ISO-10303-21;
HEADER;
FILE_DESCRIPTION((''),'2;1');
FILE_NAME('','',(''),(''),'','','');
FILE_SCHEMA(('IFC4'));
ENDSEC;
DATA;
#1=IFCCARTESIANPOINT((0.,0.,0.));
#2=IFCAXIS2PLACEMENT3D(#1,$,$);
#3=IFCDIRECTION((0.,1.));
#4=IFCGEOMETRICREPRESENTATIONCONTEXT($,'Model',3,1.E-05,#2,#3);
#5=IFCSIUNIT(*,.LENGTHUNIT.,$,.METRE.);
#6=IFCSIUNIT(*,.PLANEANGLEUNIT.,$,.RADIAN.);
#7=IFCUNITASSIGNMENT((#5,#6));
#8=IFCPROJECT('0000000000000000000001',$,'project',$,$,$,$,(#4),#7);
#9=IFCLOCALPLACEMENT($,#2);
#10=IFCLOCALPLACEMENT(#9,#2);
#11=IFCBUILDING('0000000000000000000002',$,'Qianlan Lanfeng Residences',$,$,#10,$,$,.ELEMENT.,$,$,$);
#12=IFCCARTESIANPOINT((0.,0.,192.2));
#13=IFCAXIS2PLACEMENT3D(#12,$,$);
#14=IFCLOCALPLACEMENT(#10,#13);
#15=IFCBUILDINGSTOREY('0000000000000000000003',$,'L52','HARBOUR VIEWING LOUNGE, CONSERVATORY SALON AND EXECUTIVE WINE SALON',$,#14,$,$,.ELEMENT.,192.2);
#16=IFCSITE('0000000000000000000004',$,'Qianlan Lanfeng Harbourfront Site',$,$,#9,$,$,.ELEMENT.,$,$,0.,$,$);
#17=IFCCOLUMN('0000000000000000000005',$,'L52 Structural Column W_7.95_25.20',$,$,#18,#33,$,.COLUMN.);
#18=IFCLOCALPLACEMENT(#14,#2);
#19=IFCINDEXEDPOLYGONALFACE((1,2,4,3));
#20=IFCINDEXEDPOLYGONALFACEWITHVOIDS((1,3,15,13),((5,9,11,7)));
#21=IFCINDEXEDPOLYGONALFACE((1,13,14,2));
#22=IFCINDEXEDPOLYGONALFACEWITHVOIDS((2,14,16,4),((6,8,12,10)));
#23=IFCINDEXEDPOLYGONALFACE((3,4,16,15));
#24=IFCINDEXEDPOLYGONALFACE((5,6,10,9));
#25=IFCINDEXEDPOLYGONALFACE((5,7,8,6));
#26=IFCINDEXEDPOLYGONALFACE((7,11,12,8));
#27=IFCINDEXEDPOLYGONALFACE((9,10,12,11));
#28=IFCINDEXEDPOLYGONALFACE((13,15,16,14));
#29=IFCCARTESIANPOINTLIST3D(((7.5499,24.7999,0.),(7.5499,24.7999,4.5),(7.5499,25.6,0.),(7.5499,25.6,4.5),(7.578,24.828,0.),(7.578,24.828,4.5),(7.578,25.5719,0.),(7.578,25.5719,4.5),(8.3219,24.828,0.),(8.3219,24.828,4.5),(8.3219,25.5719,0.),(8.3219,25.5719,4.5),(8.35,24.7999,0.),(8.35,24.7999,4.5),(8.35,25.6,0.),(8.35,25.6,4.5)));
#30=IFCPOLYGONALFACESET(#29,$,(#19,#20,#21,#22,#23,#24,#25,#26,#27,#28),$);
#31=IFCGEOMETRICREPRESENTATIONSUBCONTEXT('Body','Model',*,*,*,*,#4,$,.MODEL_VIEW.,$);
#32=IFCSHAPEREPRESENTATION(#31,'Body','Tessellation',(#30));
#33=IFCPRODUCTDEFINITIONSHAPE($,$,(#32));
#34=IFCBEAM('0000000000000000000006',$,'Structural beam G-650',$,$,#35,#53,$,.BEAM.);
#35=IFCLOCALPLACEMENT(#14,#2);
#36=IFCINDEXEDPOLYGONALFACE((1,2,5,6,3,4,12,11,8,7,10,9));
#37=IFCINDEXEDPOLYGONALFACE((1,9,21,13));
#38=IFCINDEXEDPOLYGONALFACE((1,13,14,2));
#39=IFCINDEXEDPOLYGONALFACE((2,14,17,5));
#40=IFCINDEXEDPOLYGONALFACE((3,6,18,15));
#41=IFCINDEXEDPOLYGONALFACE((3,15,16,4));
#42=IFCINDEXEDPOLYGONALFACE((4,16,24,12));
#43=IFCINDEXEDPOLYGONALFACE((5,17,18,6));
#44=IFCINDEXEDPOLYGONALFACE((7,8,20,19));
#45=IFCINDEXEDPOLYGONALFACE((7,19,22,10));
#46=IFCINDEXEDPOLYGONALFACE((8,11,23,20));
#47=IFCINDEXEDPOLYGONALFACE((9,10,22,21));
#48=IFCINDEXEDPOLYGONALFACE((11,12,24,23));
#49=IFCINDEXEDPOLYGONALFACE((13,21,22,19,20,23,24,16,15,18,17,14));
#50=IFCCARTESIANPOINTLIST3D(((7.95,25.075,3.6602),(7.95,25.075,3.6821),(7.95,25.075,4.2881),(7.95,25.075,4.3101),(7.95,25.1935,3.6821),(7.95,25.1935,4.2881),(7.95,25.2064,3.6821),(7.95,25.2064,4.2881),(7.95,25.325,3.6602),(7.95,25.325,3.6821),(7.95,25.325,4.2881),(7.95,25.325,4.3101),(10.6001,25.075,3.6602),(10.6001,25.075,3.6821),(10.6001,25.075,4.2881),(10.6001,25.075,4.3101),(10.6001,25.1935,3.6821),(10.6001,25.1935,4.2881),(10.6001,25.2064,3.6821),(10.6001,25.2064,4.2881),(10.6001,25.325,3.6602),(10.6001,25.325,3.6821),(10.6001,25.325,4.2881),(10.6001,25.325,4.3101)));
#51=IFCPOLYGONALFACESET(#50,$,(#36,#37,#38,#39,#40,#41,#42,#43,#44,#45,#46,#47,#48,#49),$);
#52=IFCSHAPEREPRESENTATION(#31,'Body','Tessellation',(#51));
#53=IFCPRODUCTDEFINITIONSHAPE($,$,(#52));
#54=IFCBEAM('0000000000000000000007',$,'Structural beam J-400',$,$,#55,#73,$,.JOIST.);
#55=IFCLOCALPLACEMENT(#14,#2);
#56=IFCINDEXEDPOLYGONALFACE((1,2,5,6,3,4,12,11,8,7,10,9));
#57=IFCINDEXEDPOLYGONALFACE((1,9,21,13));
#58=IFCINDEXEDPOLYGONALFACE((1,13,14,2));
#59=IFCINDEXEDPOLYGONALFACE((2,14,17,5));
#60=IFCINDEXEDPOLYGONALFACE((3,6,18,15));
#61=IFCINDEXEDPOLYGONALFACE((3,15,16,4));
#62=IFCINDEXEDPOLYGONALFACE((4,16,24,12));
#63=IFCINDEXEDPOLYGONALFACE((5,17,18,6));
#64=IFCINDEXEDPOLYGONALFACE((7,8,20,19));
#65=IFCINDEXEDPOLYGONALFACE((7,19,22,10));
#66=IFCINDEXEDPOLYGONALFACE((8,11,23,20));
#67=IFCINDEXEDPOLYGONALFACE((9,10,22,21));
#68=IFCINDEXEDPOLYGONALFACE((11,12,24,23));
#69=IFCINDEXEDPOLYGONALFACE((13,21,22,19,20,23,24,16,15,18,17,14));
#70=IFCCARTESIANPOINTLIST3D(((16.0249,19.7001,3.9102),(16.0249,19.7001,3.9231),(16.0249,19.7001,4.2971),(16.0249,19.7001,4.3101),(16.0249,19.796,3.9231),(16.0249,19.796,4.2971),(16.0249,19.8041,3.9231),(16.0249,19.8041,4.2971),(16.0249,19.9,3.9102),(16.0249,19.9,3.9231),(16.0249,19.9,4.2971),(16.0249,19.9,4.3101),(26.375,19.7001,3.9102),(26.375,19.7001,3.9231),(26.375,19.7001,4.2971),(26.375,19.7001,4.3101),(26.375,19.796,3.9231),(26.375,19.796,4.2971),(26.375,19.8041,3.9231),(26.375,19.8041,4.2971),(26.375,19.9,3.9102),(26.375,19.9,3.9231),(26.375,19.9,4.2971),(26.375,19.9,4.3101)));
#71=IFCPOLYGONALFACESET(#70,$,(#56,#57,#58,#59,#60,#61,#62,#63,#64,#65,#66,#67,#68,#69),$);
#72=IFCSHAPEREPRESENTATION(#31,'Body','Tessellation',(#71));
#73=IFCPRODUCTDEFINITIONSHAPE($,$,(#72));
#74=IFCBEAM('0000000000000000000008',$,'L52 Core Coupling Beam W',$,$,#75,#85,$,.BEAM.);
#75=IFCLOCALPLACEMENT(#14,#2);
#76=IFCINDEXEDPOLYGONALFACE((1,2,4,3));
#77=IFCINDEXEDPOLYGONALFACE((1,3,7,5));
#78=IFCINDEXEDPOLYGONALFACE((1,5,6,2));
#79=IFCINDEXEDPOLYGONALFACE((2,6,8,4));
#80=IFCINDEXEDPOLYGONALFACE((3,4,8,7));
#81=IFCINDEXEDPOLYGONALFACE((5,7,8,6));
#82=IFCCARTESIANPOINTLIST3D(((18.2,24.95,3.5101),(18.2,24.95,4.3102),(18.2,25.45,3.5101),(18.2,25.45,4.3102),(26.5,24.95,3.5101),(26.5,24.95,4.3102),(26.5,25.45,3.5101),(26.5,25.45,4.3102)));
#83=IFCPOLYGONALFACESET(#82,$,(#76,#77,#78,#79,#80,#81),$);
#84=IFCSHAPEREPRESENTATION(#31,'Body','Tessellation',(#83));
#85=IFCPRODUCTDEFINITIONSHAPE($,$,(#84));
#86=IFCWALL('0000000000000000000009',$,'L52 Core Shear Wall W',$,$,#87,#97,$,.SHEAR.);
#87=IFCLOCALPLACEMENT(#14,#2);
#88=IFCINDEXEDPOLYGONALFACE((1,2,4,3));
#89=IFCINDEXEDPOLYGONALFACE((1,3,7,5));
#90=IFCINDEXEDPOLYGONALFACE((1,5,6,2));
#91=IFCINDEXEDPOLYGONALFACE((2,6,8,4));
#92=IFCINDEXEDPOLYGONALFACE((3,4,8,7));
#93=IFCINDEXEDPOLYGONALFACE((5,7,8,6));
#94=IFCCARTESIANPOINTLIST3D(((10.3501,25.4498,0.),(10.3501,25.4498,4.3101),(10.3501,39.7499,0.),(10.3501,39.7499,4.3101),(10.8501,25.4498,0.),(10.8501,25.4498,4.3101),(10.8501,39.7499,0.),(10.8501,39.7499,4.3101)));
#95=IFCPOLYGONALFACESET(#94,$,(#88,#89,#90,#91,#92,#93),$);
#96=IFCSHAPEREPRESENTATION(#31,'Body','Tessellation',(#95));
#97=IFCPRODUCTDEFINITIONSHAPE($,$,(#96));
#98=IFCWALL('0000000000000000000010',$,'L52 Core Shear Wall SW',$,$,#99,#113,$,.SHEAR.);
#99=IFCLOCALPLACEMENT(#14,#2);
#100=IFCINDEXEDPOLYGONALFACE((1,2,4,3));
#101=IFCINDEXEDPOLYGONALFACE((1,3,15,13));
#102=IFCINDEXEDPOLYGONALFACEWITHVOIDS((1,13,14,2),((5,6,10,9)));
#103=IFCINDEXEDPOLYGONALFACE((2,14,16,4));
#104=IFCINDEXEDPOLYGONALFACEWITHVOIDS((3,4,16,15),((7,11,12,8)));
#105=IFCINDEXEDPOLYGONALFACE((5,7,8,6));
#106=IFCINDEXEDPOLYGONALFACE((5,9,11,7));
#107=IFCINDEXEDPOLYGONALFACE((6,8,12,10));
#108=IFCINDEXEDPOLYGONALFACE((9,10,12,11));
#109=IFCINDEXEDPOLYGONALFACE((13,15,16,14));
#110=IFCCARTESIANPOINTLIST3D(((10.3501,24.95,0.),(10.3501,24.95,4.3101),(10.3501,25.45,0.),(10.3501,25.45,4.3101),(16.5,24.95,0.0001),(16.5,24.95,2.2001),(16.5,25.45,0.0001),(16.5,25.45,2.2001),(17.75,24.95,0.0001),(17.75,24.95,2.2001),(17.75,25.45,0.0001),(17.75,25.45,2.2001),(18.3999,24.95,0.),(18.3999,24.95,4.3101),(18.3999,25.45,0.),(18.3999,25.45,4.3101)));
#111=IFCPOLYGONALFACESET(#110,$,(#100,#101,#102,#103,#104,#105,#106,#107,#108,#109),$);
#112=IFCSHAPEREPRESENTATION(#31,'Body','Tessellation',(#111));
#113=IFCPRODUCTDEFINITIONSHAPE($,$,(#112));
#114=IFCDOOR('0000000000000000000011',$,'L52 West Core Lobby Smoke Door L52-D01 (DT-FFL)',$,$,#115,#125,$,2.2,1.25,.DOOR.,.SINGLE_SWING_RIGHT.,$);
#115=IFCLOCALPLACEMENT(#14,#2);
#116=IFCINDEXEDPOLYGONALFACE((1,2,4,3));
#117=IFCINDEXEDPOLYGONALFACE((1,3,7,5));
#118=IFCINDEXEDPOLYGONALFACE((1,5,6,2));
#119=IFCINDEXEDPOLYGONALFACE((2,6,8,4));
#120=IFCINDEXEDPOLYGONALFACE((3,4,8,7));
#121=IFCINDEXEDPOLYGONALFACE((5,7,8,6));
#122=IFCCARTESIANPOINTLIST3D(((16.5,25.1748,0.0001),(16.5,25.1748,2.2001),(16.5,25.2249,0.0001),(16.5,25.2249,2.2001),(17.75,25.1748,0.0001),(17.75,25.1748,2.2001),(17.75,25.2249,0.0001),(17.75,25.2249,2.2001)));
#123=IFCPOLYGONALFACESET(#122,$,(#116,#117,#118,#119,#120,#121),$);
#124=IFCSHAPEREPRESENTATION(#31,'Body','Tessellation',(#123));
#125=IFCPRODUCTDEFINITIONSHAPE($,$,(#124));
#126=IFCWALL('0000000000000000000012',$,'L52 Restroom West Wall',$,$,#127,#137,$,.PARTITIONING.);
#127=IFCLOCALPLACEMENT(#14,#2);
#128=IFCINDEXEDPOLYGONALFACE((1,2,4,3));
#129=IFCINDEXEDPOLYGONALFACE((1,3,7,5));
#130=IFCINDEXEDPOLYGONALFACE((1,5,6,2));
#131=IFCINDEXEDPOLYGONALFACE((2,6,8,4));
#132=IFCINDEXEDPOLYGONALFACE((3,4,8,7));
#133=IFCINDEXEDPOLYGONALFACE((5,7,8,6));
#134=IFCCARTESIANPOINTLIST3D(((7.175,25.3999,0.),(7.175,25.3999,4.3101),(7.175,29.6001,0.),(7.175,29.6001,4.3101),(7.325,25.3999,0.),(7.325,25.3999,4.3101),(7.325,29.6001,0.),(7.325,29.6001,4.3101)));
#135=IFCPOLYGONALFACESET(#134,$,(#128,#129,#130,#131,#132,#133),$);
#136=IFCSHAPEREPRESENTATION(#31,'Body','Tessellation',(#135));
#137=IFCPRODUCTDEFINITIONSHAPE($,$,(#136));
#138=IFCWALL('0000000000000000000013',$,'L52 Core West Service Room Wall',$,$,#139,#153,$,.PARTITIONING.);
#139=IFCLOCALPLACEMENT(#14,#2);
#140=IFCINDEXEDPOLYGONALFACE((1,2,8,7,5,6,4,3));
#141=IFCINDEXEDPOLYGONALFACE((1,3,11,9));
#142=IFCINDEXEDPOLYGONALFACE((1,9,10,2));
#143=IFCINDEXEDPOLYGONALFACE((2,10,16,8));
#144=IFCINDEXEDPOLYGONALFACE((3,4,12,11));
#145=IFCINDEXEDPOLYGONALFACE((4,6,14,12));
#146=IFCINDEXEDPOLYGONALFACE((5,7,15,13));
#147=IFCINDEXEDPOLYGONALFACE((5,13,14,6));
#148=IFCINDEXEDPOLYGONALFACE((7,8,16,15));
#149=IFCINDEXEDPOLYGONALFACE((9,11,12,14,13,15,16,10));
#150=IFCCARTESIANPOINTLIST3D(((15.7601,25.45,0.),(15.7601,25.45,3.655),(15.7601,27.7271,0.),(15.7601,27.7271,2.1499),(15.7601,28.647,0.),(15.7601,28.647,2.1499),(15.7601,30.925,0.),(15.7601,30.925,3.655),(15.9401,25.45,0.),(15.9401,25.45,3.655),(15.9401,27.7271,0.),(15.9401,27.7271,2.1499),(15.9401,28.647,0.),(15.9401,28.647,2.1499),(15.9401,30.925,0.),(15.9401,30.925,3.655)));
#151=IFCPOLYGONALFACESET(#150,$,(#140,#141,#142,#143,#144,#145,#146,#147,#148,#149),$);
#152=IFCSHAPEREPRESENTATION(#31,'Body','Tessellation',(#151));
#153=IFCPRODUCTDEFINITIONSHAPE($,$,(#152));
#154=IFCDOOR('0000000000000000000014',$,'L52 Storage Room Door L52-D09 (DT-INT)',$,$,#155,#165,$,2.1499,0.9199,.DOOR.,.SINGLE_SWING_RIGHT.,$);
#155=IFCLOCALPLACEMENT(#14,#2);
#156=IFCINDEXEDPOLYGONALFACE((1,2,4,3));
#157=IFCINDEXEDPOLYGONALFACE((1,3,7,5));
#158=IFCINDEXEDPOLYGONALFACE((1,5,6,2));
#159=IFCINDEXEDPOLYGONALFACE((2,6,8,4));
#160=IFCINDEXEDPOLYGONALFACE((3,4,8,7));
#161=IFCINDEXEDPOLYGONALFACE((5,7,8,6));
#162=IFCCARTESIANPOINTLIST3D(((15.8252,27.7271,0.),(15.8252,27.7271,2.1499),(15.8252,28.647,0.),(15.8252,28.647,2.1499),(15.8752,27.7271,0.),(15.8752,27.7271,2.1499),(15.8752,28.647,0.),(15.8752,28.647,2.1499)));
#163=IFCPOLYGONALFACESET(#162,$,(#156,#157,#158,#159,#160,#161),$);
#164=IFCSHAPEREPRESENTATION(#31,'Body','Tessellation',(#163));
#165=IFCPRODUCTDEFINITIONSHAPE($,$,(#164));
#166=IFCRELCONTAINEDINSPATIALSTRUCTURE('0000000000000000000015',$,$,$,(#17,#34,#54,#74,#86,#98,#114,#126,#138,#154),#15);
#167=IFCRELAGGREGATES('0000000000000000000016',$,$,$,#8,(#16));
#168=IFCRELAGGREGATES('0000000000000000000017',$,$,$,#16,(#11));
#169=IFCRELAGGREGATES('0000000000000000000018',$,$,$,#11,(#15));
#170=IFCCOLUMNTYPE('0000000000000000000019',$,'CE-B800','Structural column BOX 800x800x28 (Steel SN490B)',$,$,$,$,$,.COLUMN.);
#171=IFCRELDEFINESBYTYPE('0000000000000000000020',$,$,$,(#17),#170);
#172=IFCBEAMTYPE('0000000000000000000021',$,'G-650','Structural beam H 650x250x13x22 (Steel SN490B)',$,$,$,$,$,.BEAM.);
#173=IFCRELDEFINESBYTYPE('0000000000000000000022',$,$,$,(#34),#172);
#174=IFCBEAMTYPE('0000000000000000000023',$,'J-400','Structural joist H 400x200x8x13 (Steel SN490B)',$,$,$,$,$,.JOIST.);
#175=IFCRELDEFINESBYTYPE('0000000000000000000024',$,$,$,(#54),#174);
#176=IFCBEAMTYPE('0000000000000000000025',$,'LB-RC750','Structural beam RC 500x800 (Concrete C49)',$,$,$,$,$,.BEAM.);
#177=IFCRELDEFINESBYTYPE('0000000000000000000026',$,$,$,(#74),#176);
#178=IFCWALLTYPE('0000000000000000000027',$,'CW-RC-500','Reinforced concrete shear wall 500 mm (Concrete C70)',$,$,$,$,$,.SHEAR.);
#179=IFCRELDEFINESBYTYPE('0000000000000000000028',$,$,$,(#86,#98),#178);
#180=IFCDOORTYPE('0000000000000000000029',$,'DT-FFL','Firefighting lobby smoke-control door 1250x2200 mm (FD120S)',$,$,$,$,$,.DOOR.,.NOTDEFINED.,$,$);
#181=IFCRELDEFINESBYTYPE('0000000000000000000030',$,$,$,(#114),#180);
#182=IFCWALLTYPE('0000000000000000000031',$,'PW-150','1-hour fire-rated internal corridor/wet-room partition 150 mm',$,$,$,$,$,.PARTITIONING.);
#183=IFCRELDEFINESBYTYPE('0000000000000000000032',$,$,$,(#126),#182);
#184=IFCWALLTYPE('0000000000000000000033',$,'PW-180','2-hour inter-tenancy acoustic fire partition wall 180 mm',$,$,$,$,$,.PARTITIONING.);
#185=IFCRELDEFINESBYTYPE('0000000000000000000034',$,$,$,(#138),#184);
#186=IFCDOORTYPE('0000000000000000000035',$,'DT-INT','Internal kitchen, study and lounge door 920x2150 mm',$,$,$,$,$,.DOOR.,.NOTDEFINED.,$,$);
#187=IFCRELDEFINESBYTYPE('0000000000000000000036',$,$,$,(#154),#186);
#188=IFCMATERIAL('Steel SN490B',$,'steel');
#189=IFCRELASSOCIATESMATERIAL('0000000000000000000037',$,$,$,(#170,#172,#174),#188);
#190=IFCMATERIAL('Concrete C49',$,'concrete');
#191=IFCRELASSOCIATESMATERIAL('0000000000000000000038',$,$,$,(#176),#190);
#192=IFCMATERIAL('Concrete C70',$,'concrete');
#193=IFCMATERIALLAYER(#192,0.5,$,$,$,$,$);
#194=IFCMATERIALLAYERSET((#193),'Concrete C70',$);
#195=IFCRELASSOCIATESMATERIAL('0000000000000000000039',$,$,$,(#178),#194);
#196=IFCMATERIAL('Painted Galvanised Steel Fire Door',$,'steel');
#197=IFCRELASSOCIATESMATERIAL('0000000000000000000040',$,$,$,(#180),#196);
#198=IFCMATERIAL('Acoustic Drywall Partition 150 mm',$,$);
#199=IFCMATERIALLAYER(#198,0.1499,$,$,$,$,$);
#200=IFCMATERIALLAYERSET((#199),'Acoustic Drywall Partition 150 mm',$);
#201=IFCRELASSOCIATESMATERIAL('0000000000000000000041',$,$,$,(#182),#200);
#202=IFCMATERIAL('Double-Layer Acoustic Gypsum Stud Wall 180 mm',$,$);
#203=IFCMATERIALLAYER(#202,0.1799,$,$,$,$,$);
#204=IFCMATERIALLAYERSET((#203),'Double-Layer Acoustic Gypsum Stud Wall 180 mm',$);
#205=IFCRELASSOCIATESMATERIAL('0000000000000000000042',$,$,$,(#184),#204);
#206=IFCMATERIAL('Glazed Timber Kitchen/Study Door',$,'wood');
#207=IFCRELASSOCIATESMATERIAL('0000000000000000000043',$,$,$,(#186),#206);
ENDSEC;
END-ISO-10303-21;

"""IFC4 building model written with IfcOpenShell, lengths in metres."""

from ifc_helpers import new_model, si_unit, direction, frame, frame_2d, origin, origin_2d, place, context, subcontext, project, spatial, rectangle, hollow_rectangle, i_section, extrude, material, layer, layer_set, material_profile, profile_set, type_object, element, fill, save


model = new_model("IFC4")

# Units and contexts
model_context = context("Model", 3, precision=1e-05, world=origin(), true_north=direction((0.0, 1.0)))
body_context = subcontext(model_context, "Body", "Model", "MODEL_VIEW")
ifc_project = project(units=[si_unit("LENGTHUNIT", "METRE"), si_unit("PLANEANGLEUNIT", "RADIAN")], contexts=[model_context])

# Site, building, storey
site_placement = place(None, origin())
site = spatial("IfcSite", under=ifc_project, at=site_placement, Name="Qianlan Lanfeng Harbourfront Site", CompositionType="ELEMENT", RefElevation=0.0)
building_placement = place(site_placement, origin())
building = spatial("IfcBuilding", under=site, at=building_placement, Name="Qianlan Lanfeng Residences", CompositionType="ELEMENT")
storey_placement = place(building_placement, frame((0.0, 0.0, 192.2)))
storey = spatial("IfcBuildingStorey", under=building, at=storey_placement, Name="L52", Description="HARBOUR VIEWING LOUNGE, CONSERVATORY SALON AND EXECUTIVE WINE SALON", CompositionType="ELEMENT", Elevation=192.2)

# Column
ifc_material_1 = material(Name="Steel SN490B", Category="steel")
ifc_material_profile_1 = material_profile(ifc_material_1, hollow_rectangle(XDim=0.8, YDim=0.8, WallThickness=0.0281, at=origin_2d()), Name="BOX 800x800x28")
ifc_profile_set_1 = profile_set([ifc_material_profile_1], Name="Steel SN490B")
column_type = type_object("IfcColumnType", Name="CE-B800", Description="Structural column BOX 800x800x28 (Steel SN490B)", PredefinedType="COLUMN", material=ifc_profile_set_1)
column_placement = place(storey_placement, frame((7.95, 25.2, 0.0), z_axis=(0.0, 0.0, 1.0), x_axis=(1.0, 0.0, 0.0)))
element("IfcColumn", 1, at=column_placement, inside=storey, type_object=column_type, Name="L52 Structural Column W_7.95_25.20", PredefinedType="COLUMN", context=body_context, shape_type="SweptSolid", body=[
    extrude(hollow_rectangle(XDim=0.8, YDim=0.8, WallThickness=0.0281, at=origin_2d()), origin(), (0.0, 0.0, 1.0), 4.5),
])

# Beams
ifc_material_profile_2 = material_profile(ifc_material_1, i_section(OverallWidth=0.25, OverallDepth=0.6499, WebThickness=0.0129, FlangeThickness=0.022, at=origin_2d()), Name="H 650x250x13x22")
ifc_profile_set_2 = profile_set([ifc_material_profile_2], Name="Steel SN490B")
beam_type_1 = type_object("IfcBeamType", Name="G-650", Description="Structural beam H 650x250x13x22 (Steel SN490B)", PredefinedType="BEAM", material=ifc_profile_set_2)
beam_1_placement = place(storey_placement, frame((7.95, 25.2, 3.9851), z_axis=(1.0, 0.0, 0.0), x_axis=(0.0, 1.0, 0.0)))
element("IfcBeam", 2, at=beam_1_placement, inside=storey, type_object=beam_type_1, Name="Structural beam G-650", PredefinedType="BEAM", context=body_context, shape_type="SweptSolid", body=[
    extrude(i_section(OverallWidth=0.25, OverallDepth=0.6499, WebThickness=0.0129, FlangeThickness=0.022, at=origin_2d()), origin(), (0.0, 0.0, 1.0), 2.6501),
])
ifc_material_profile_3 = material_profile(ifc_material_1, i_section(OverallWidth=0.2, OverallDepth=0.3999, WebThickness=0.0081, FlangeThickness=0.0129, at=origin_2d()), Name="H 400x200x8x13")
ifc_profile_set_3 = profile_set([ifc_material_profile_3], Name="Steel SN490B")
beam_type_2 = type_object("IfcBeamType", Name="J-400", Description="Structural joist H 400x200x8x13 (Steel SN490B)", PredefinedType="JOIST", material=ifc_profile_set_3)
beam_2_placement = place(storey_placement, frame((16.0249, 19.8, 4.1101), z_axis=(1.0, 0.0, 0.0), x_axis=(0.0, 1.0, 0.0)))
element("IfcBeam", 3, at=beam_2_placement, inside=storey, type_object=beam_type_2, Name="Structural beam J-400", PredefinedType="JOIST", context=body_context, shape_type="SweptSolid", body=[
    extrude(i_section(OverallWidth=0.2, OverallDepth=0.3999, WebThickness=0.0081, FlangeThickness=0.0129, at=origin_2d()), origin(), (0.0, 0.0, 1.0), 10.3501),
])
ifc_material_2 = material(Name="Concrete C49", Category="concrete")
ifc_material_profile_4 = material_profile(ifc_material_2, rectangle(XDim=0.5, YDim=0.8, at=origin_2d()), Name="RC 500x800")
ifc_profile_set_4 = profile_set([ifc_material_profile_4], Name="Concrete C49")
beam_type_3 = type_object("IfcBeamType", Name="LB-RC750", Description="Structural beam RC 500x800 (Concrete C49)", PredefinedType="BEAM", material=ifc_profile_set_4)
beam_3_placement = place(storey_placement, frame((18.2, 25.2, 3.9102), z_axis=(1.0, 0.0, 0.0), x_axis=(0.0, 1.0, 0.0)))
element("IfcBeam", 4, at=beam_3_placement, inside=storey, type_object=beam_type_3, Name="L52 Core Coupling Beam W", PredefinedType="BEAM", context=body_context, shape_type="SweptSolid", body=[
    extrude(rectangle(XDim=0.5, YDim=0.8, at=origin_2d()), origin(), (0.0, 0.0, 1.0), 8.3),
])

# Wall
ifc_material_3 = material(Name="Concrete C70", Category="concrete")
ifc_layer_1 = layer(ifc_material_3, 0.5)
ifc_layer_set_1 = layer_set([ifc_layer_1], Name="Concrete C70")
wall_type_1 = type_object("IfcWallType", Name="CW-RC-500", Description="Reinforced concrete shear wall 500 mm (Concrete C70)", PredefinedType="SHEAR", material=ifc_layer_set_1)
wall_1_placement = place(storey_placement, frame((10.6001, 25.45, 0.0), z_axis=(0.0, 0.0, 1.0), x_axis=(0.0, 1.0, 0.0)))
element("IfcWall", 5, at=wall_1_placement, inside=storey, type_object=wall_type_1, Name="L52 Core Shear Wall W", PredefinedType="SHEAR", context=body_context, shape_type="SweptSolid", body=[
    extrude(rectangle(XDim=14.3, YDim=0.5, at=frame_2d((7.1499, 0.0))), origin(), (0.0, 0.0, 1.0), 4.3101),
])

# Wall, opening, door
wall_2_placement = place(storey_placement, frame((10.3501, 25.2, 0.0), z_axis=(0.0, 0.0, 1.0), x_axis=(1.0, 0.0, 0.0)))
wall_2 = element("IfcWall", 6, at=wall_2_placement, inside=storey, type_object=wall_type_1, Name="L52 Core Shear Wall SW", PredefinedType="SHEAR", context=body_context, shape_type="SweptSolid", body=[
    extrude(rectangle(XDim=8.0498, YDim=0.5, at=frame_2d((4.0249, 0.0))), origin(), (0.0, 0.0, 1.0), 4.3101),
])
opening_1_placement = place(wall_2_placement, frame((6.1499, 0.0, 0.0)))
opening_1 = element("IfcOpeningElement", 7, at=opening_1_placement, cuts=wall_2, PredefinedType="OPENING", context=body_context, shape_type="SweptSolid", body=[
    extrude(rectangle(XDim=1.25, YDim=2.2, at=frame_2d((0.625, 1.1001))), frame((0.0, 0.26, 0.0), z_axis=(0.0, -1.0, 0.0), x_axis=(1.0, 0.0, 0.0)), (0.0, 0.0, 1.0), 0.52),
])
ifc_material_4 = material(Name="Painted Galvanised Steel Fire Door", Category="steel")
door_type_1 = type_object("IfcDoorType", Name="DT-FFL", Description="Firefighting lobby smoke-control door 1250x2200 mm (FD120S)", OperationType="NOTDEFINED", PredefinedType="DOOR", material=ifc_material_4)
door_1_placement = place(opening_1_placement, origin())
door_1 = element("IfcDoor", 8, at=door_1_placement, inside=storey, type_object=door_type_1, Name="L52 West Core Lobby Smoke Door L52-D01 (DT-FFL)", OperationType="SINGLE_SWING_RIGHT", OverallHeight=2.2, OverallWidth=1.25, PredefinedType="DOOR", context=body_context, shape_type="SweptSolid", body=[
    extrude(rectangle(XDim=1.25, YDim=2.2, at=frame_2d((0.625, 1.1001))), frame((0.0, 0.0249, 0.0), z_axis=(0.0, -1.0, 0.0), x_axis=(1.0, 0.0, 0.0)), (0.0, 0.0, 1.0), 0.05),
])
fill(opening_1, door_1)
ifc_material_5 = material(Name="Acoustic Drywall Partition 150 mm")
ifc_layer_2 = layer(ifc_material_5, 0.1499)
ifc_layer_set_2 = layer_set([ifc_layer_2], Name="Acoustic Drywall Partition 150 mm")
wall_type_2 = type_object("IfcWallType", Name="PW-150", Description="1-hour fire-rated internal corridor/wet-room partition 150 mm", PredefinedType="PARTITIONING", material=ifc_layer_set_2)

# Wall
wall_3_placement = place(storey_placement, frame((7.25, 25.3999, 0.0), z_axis=(0.0, 0.0, 1.0), x_axis=(0.0, 1.0, 0.0)))
element("IfcWall", 9, at=wall_3_placement, inside=storey, type_object=wall_type_2, Name="L52 Restroom West Wall", PredefinedType="PARTITIONING", context=body_context, shape_type="SweptSolid", body=[
    extrude(rectangle(XDim=4.2002, YDim=0.1499, at=frame_2d((2.1001, 0.0))), origin(), (0.0, 0.0, 1.0), 4.3101),
])

# Wall, opening, door
ifc_material_6 = material(Name="Double-Layer Acoustic Gypsum Stud Wall 180 mm")
ifc_layer_3 = layer(ifc_material_6, 0.1799)
ifc_layer_set_3 = layer_set([ifc_layer_3], Name="Double-Layer Acoustic Gypsum Stud Wall 180 mm")
wall_type_3 = type_object("IfcWallType", Name="PW-180", Description="2-hour inter-tenancy acoustic fire partition wall 180 mm", PredefinedType="PARTITIONING", material=ifc_layer_set_3)
wall_4_placement = place(storey_placement, frame((15.8501, 25.45, 0.0), z_axis=(0.0, 0.0, 1.0), x_axis=(0.0, 1.0, 0.0)))
wall_4 = element("IfcWall", 10, at=wall_4_placement, inside=storey, type_object=wall_type_3, Name="L52 Core West Service Room Wall", PredefinedType="PARTITIONING", context=body_context, shape_type="SweptSolid", body=[
    extrude(rectangle(XDim=5.4751, YDim=0.1799, at=frame_2d((2.7375, 0.0))), origin(), (0.0, 0.0, 1.0), 3.655),
])
opening_2_placement = place(wall_4_placement, frame((2.2771, 0.0, 0.0)))
opening_2 = element("IfcOpeningElement", 11, at=opening_2_placement, cuts=wall_4, PredefinedType="OPENING", context=body_context, shape_type="SweptSolid", body=[
    extrude(rectangle(XDim=0.9199, YDim=2.1499, at=frame_2d((0.46, 1.075))), frame((0.0, 0.1001, 0.0), z_axis=(0.0, -1.0, 0.0), x_axis=(1.0, 0.0, 0.0)), (0.0, 0.0, 1.0), 0.2),
])
ifc_material_7 = material(Name="Glazed Timber Kitchen/Study Door", Category="wood")
door_type_2 = type_object("IfcDoorType", Name="DT-INT", Description="Internal kitchen, study and lounge door 920x2150 mm", OperationType="NOTDEFINED", PredefinedType="DOOR", material=ifc_material_7)
door_2_placement = place(opening_2_placement, origin())
door_2 = element("IfcDoor", 12, at=door_2_placement, inside=storey, type_object=door_type_2, Name="L52 Storage Room Door L52-D09 (DT-INT)", OperationType="SINGLE_SWING_RIGHT", OverallHeight=2.1499, OverallWidth=0.9199, PredefinedType="DOOR", context=body_context, shape_type="SweptSolid", body=[
    extrude(rectangle(XDim=0.9199, YDim=2.1499, at=frame_2d((0.46, 1.075))), frame((0.0, 0.0249, 0.0), z_axis=(0.0, -1.0, 0.0), x_axis=(1.0, 0.0, 0.0)), (0.0, 0.0, 1.0), 0.05),
])
fill(opening_2, door_2)

save(model, "model.ifc")
